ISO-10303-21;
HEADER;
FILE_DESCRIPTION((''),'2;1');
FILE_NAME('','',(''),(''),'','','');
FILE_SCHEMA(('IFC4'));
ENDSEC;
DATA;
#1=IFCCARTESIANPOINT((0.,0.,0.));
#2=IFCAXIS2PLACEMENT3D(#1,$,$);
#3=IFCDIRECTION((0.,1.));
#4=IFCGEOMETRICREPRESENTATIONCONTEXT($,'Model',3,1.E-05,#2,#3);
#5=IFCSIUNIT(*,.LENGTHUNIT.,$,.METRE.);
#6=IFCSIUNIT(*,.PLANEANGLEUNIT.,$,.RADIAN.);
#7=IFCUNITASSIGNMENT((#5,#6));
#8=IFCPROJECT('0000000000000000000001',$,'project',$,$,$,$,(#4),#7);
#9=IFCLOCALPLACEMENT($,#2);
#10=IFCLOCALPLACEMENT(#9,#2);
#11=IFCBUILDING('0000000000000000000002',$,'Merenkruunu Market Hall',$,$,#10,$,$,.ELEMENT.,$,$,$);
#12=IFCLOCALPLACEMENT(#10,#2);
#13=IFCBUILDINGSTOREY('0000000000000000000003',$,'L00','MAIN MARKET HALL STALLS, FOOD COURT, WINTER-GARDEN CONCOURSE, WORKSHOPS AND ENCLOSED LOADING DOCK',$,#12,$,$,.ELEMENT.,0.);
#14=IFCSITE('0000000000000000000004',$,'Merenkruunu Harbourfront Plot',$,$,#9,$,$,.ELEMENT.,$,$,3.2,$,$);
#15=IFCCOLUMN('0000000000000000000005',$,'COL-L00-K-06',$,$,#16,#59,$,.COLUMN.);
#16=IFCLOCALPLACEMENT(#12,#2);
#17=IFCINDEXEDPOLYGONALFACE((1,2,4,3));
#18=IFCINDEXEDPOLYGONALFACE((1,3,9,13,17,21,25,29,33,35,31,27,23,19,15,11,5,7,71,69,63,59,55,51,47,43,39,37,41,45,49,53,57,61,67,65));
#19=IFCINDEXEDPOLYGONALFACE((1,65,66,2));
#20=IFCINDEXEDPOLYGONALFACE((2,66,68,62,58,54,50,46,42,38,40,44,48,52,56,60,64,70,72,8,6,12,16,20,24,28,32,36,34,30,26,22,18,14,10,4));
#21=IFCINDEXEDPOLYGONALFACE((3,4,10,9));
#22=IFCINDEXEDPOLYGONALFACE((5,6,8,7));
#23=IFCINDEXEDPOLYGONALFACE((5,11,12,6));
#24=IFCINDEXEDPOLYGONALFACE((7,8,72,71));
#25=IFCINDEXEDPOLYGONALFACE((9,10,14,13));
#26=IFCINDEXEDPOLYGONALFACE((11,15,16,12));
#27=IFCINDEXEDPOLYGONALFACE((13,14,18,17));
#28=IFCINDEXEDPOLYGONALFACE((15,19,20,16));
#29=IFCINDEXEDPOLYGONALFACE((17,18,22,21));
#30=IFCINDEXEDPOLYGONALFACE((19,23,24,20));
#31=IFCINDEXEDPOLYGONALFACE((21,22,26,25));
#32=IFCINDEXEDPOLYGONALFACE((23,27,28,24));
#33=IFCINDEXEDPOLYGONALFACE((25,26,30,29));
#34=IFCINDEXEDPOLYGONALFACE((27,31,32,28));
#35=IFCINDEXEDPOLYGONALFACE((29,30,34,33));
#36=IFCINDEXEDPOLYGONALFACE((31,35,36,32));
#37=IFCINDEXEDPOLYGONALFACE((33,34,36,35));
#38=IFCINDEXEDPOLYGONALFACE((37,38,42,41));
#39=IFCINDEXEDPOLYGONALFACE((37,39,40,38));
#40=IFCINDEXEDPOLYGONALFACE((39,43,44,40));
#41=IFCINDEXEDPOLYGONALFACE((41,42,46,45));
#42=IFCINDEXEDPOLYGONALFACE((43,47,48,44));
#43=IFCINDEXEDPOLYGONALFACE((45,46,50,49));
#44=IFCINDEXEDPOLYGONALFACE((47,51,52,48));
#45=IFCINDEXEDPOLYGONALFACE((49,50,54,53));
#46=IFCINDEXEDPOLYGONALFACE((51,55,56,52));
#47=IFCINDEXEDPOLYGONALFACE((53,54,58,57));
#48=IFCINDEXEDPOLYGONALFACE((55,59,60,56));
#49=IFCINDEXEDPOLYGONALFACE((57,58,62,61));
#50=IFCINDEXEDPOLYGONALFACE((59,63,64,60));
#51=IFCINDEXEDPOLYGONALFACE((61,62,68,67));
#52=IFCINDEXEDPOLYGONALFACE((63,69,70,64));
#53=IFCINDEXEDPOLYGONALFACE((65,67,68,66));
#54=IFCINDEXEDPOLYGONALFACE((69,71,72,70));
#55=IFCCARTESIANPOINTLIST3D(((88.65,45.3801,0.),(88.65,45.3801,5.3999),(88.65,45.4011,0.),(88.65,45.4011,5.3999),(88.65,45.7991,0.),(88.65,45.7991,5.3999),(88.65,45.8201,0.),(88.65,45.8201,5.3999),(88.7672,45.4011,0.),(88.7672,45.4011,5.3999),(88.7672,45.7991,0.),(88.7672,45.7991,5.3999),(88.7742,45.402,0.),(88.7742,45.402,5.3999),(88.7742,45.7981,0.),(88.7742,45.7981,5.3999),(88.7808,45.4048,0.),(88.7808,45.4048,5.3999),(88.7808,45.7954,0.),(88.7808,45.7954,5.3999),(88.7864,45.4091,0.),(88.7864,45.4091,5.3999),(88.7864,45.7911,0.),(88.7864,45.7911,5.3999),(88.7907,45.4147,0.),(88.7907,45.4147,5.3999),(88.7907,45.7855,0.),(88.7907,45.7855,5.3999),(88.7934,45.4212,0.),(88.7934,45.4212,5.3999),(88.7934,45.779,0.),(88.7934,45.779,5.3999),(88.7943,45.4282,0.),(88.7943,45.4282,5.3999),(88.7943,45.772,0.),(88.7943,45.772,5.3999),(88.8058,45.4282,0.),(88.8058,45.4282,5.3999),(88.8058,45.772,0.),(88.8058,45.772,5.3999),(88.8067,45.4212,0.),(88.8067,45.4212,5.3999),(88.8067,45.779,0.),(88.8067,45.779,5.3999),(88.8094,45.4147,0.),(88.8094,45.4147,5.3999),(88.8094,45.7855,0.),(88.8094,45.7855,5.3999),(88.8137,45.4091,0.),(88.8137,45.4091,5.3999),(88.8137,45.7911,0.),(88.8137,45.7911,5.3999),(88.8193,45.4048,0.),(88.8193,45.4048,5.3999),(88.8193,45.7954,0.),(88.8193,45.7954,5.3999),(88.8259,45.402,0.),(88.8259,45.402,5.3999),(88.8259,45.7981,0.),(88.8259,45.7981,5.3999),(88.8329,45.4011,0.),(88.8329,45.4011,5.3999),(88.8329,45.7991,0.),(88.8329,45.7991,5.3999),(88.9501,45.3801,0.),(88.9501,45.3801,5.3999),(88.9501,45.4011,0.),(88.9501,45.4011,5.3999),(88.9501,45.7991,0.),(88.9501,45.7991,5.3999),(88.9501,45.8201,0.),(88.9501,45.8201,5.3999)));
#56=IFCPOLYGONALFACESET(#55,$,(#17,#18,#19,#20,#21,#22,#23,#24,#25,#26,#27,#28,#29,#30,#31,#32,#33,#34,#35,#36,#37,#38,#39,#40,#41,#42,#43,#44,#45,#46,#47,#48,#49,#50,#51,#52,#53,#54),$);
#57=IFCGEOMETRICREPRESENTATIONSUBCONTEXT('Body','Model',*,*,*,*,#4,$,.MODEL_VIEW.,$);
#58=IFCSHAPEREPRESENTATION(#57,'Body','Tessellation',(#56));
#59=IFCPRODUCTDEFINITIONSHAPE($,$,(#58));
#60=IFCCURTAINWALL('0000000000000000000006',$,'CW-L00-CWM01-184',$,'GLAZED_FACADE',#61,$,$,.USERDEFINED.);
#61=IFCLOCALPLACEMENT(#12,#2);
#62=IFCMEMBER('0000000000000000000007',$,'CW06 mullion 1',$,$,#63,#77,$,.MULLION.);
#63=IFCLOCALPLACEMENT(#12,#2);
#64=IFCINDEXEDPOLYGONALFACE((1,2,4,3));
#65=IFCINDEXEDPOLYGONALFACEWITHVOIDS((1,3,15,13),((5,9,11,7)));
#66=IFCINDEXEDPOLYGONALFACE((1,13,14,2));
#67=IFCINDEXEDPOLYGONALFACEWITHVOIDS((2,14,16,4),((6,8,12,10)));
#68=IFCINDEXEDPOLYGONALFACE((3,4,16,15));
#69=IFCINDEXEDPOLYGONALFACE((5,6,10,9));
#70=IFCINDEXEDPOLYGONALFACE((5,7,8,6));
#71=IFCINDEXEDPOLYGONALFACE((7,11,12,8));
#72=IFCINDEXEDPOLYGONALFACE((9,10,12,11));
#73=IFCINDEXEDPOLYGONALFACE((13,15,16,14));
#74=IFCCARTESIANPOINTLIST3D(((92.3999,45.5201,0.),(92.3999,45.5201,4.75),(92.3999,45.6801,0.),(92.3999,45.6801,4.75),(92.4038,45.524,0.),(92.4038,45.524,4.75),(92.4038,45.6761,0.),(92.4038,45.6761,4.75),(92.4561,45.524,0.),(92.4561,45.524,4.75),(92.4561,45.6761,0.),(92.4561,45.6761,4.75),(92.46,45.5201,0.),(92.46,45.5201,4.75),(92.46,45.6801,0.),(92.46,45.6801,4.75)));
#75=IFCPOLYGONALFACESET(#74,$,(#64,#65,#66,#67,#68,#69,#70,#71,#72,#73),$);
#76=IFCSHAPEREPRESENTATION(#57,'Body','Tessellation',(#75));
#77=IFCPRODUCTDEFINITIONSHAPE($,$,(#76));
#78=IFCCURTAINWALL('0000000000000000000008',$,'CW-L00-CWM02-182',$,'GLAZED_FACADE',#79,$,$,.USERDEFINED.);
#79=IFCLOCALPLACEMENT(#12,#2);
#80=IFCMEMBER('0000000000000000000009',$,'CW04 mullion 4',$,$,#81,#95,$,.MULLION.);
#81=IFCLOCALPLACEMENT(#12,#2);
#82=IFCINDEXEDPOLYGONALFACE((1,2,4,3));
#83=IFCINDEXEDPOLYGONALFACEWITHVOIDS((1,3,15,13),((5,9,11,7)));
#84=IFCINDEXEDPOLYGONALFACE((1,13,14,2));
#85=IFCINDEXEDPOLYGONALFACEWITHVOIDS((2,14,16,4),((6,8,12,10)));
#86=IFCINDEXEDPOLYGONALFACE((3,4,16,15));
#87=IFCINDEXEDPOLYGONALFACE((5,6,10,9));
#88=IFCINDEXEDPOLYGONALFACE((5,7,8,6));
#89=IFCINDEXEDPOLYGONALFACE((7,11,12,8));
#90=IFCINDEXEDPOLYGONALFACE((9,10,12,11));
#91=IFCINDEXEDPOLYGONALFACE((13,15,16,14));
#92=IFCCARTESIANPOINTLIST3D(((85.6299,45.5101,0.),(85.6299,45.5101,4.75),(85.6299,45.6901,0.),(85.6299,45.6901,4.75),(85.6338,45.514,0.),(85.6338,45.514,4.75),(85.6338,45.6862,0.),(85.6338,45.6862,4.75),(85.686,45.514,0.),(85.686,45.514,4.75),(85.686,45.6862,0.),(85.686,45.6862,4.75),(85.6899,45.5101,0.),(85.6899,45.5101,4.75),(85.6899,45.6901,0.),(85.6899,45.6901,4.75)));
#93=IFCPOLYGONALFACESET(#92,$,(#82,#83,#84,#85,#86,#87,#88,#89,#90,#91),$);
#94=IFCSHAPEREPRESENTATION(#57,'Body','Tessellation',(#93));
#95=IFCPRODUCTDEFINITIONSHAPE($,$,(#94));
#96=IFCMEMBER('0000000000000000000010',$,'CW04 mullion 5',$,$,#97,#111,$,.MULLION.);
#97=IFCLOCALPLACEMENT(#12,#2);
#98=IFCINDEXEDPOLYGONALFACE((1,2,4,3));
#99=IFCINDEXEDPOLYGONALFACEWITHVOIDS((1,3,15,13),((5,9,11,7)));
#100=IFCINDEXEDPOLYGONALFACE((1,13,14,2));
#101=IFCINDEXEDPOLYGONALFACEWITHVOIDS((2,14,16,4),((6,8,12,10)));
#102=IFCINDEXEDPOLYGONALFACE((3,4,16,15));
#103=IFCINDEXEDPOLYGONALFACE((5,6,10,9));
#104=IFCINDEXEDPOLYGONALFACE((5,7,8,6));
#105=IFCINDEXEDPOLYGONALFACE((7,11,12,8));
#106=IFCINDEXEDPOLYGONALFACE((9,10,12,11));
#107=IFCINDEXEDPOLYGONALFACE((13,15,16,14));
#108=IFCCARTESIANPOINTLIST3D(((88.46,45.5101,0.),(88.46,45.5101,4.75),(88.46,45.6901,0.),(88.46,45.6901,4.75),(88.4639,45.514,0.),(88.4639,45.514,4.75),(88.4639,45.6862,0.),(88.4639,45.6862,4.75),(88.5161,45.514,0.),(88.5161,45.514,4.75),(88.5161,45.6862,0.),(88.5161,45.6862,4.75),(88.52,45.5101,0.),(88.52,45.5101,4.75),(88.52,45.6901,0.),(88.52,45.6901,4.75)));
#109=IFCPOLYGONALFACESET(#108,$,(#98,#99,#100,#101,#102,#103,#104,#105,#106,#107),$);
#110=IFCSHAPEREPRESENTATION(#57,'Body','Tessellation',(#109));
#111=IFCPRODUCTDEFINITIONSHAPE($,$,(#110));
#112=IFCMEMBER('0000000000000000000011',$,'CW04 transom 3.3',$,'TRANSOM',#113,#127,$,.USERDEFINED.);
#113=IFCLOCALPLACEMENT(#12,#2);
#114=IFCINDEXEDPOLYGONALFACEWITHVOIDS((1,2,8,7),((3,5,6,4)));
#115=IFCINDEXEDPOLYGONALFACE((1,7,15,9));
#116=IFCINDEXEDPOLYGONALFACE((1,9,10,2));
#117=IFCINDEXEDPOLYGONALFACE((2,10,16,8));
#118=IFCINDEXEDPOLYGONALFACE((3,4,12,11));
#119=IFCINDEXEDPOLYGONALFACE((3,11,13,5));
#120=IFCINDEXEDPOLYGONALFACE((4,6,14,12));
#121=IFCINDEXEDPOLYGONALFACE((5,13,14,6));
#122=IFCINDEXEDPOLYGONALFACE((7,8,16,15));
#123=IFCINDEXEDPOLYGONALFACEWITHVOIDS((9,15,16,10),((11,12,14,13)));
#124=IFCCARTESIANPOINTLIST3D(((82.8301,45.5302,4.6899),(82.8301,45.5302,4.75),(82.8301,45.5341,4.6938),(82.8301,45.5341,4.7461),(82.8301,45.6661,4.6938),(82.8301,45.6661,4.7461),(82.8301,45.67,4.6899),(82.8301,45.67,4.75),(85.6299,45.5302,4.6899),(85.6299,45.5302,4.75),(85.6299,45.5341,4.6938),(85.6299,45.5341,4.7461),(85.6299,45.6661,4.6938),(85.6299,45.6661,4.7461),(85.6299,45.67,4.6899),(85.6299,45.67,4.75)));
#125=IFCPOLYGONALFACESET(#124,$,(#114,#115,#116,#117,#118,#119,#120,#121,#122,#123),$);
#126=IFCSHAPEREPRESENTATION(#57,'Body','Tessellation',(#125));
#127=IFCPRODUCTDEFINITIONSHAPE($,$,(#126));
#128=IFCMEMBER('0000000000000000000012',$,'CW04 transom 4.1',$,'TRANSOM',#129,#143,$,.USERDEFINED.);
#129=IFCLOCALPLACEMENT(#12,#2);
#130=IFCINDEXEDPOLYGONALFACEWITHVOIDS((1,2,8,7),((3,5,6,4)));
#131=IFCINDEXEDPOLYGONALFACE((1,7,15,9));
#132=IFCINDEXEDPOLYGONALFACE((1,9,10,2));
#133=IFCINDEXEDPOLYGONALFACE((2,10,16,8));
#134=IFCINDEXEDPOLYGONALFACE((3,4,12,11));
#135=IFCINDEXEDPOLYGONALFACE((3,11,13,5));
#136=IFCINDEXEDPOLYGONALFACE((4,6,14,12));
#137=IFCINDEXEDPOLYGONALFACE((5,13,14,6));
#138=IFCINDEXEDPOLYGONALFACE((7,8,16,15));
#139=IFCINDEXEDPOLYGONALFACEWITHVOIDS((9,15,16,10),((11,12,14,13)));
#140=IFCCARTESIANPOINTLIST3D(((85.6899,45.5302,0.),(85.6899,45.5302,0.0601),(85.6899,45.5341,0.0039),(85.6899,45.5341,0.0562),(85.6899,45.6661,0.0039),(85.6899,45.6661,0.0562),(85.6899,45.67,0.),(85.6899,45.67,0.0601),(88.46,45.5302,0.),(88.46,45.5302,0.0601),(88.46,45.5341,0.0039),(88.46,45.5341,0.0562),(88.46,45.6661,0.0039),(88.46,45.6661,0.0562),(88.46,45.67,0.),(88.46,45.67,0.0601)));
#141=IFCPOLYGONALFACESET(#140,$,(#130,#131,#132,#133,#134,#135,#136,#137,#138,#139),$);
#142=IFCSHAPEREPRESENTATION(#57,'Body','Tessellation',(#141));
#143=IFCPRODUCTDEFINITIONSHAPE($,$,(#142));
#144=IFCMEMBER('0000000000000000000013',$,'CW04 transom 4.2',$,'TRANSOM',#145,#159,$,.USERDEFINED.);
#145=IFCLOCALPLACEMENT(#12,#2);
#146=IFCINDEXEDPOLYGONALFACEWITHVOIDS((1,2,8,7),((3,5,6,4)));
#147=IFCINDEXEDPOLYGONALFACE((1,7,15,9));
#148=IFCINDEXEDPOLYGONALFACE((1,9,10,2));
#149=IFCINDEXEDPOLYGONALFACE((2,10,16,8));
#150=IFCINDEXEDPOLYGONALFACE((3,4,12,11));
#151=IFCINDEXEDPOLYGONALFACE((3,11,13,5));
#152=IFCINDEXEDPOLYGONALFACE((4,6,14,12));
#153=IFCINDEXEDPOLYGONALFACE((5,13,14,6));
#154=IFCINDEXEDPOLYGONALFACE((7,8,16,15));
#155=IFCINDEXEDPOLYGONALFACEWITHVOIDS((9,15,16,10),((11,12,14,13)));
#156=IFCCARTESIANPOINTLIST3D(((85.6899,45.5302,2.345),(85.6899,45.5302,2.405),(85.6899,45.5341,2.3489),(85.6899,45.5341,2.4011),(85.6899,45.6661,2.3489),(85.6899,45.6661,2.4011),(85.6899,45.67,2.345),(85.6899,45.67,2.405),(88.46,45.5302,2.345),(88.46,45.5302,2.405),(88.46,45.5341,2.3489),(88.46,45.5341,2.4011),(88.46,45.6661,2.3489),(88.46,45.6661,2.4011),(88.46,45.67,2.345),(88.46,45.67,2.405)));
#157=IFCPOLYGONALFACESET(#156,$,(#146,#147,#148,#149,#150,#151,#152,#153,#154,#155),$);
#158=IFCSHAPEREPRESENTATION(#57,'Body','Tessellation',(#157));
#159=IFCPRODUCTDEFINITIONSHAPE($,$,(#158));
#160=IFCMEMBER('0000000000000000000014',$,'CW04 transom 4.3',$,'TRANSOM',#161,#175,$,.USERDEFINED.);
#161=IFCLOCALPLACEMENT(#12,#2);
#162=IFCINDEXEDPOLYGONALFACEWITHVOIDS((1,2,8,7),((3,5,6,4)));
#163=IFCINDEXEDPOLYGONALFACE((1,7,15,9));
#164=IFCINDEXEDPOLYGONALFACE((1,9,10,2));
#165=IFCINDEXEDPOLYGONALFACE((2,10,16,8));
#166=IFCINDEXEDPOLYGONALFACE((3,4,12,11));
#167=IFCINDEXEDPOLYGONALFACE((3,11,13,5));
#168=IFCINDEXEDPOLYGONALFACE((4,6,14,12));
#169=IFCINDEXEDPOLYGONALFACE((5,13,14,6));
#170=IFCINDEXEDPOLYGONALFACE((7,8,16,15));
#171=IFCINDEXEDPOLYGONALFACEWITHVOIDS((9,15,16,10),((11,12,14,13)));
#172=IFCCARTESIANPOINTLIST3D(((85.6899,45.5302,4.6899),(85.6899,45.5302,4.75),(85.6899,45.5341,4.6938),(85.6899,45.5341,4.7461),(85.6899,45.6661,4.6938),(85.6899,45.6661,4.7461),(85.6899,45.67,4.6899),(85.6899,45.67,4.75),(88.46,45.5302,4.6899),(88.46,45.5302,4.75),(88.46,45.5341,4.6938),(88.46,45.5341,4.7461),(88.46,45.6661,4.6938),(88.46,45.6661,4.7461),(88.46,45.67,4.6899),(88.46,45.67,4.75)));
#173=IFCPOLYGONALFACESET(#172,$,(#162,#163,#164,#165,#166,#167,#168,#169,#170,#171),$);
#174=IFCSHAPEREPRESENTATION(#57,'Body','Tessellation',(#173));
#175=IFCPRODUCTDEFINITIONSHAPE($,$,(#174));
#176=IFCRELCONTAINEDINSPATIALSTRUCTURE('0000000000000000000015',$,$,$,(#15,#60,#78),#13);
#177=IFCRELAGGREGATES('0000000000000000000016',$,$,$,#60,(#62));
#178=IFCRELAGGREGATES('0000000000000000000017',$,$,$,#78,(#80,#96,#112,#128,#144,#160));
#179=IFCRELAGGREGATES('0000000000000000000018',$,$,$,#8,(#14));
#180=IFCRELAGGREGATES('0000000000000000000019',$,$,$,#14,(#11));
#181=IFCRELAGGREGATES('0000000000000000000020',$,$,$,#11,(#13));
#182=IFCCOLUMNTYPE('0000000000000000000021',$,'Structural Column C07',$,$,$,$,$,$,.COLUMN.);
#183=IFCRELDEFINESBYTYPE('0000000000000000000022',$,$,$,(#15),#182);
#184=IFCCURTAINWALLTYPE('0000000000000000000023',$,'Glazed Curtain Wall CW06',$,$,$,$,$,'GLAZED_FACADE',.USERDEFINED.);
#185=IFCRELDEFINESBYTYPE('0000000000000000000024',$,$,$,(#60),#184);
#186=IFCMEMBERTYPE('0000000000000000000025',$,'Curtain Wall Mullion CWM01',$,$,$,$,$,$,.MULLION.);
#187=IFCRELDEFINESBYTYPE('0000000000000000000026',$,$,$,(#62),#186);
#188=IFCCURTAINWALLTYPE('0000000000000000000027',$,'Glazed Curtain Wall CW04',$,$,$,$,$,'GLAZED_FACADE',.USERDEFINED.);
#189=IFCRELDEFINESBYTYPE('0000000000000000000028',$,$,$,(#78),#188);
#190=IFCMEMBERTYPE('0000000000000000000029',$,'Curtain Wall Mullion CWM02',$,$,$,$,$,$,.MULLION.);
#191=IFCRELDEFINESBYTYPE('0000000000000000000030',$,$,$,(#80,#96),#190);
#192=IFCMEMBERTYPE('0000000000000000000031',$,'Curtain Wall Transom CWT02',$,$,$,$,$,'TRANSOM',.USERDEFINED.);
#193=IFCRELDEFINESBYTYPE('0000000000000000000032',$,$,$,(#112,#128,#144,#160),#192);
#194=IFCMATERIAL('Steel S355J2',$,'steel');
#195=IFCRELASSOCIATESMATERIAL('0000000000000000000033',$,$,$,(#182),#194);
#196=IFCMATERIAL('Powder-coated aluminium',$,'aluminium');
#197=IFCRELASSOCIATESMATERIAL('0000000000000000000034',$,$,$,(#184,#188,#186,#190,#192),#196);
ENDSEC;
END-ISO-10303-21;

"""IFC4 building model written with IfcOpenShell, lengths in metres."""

from ifc_helpers import new_model, si_unit, direction, frame, origin, origin_2d, place, context, subcontext, project, spatial, hollow_rectangle, i_section, extrude, material, material_profile, profile_set, type_object, element, aggregate, save


model = new_model("IFC4")

# Units and contexts
model_context = context("Model", 3, precision=1e-05, world=origin(), true_north=direction((0.0, 1.0)))
body_context = subcontext(model_context, "Body", "Model", "MODEL_VIEW")
ifc_project = project(units=[si_unit("LENGTHUNIT", "METRE"), si_unit("PLANEANGLEUNIT", "RADIAN")], contexts=[model_context])

# Site, building, storey
site_placement = place(None, origin())
site = spatial("IfcSite", under=ifc_project, at=site_placement, Name="Merenkruunu Harbourfront Plot", CompositionType="ELEMENT", RefElevation=3.2)
building_placement = place(site_placement, origin())
building = spatial("IfcBuilding", under=site, at=building_placement, Name="Merenkruunu Market Hall", CompositionType="ELEMENT")
storey_placement = place(building_placement, origin())
storey = spatial("IfcBuildingStorey", under=building, at=storey_placement, Name="L00", Description="MAIN MARKET HALL STALLS, FOOD COURT, WINTER-GARDEN CONCOURSE, WORKSHOPS AND ENCLOSED LOADING DOCK", CompositionType="ELEMENT", Elevation=0.0)

# Column
ifc_material_1 = material(Name="Steel S355J2", Category="steel")
ifc_material_profile_1 = material_profile(ifc_material_1, i_section(OverallWidth=0.3, OverallDepth=0.4399, WebThickness=0.0115, FlangeThickness=0.021, FilletRadius=0.0271, at=origin_2d()), Name="HEA 450")
ifc_profile_set_1 = profile_set([ifc_material_profile_1], Name="Steel S355J2")
column_type = type_object("IfcColumnType", Name="Structural Column C07", PredefinedType="COLUMN", material=ifc_profile_set_1)
column_placement = place(storey_placement, frame((88.8, 45.6001, 0.0), z_axis=(0.0, 0.0, 1.0), x_axis=(1.0, 0.0, 0.0)))
element("IfcColumn", 1, at=column_placement, inside=storey, type_object=column_type, Name="COL-L00-K-06", PredefinedType="COLUMN", context=body_context, shape_type="SweptSolid", body=[
    extrude(i_section(OverallWidth=0.3, OverallDepth=0.4399, WebThickness=0.0115, FlangeThickness=0.021, FilletRadius=0.0271, at=origin_2d()), origin(), (0.0, 0.0, 1.0), 5.3999),
])

# Curtain wall, member
ifc_material_2 = material(Name="Powder-coated aluminium", Category="aluminium")
curtain_wall_type_1 = type_object("IfcCurtainWallType", Name="Glazed Curtain Wall CW06", ElementType="GLAZED_FACADE", PredefinedType="USERDEFINED", material=ifc_material_2)
curtain_wall_1_placement = place(storey_placement, origin())
curtain_wall_1 = element("IfcCurtainWall", 2, at=curtain_wall_1_placement, inside=storey, type_object=curtain_wall_type_1, Name="CW-L00-CWM01-184", ObjectType="GLAZED_FACADE", PredefinedType="USERDEFINED")
ifc_material_profile_2 = material_profile(ifc_material_2, hollow_rectangle(XDim=0.0601, YDim=0.1599, WallThickness=0.0039, at=origin_2d()), Name="ALU 60x160x4")
ifc_profile_set_2 = profile_set([ifc_material_profile_2], Name="Powder-coated aluminium")
member_type_1 = type_object("IfcMemberType", Name="Curtain Wall Mullion CWM01", PredefinedType="MULLION", material=ifc_profile_set_2)
member_1_placement = place(storey_placement, frame((92.4299, 45.6001, 0.0), z_axis=(0.0, 0.0, 1.0), x_axis=(1.0, 0.0, 0.0)))
member_1 = element("IfcMember", 3, at=member_1_placement, type_object=member_type_1, Name="CW06 mullion 1", PredefinedType="MULLION", context=body_context, shape_type="SweptSolid", body=[
    extrude(hollow_rectangle(XDim=0.0601, YDim=0.1599, WallThickness=0.0039, at=origin_2d()), origin(), (0.0, 0.0, 1.0), 4.75),
])
aggregate(curtain_wall_1, [member_1])

# Curtain wall, members
curtain_wall_type_2 = type_object("IfcCurtainWallType", Name="Glazed Curtain Wall CW04", ElementType="GLAZED_FACADE", PredefinedType="USERDEFINED", material=ifc_material_2)
curtain_wall_2_placement = place(storey_placement, origin())
curtain_wall_2 = element("IfcCurtainWall", 4, at=curtain_wall_2_placement, inside=storey, type_object=curtain_wall_type_2, Name="CW-L00-CWM02-182", ObjectType="GLAZED_FACADE", PredefinedType="USERDEFINED")
ifc_material_profile_3 = material_profile(ifc_material_2, hollow_rectangle(XDim=0.0601, YDim=0.1799, WallThickness=0.0039, at=origin_2d()), Name="ALU 60x180x4")
ifc_profile_set_3 = profile_set([ifc_material_profile_3], Name="Powder-coated aluminium")
member_type_2 = type_object("IfcMemberType", Name="Curtain Wall Mullion CWM02", PredefinedType="MULLION", material=ifc_profile_set_3)
member_2_placement = place(storey_placement, frame((85.6599, 45.6001, 0.0), z_axis=(0.0, 0.0, 1.0), x_axis=(1.0, 0.0, 0.0)))
member_2 = element("IfcMember", 5, at=member_2_placement, type_object=member_type_2, Name="CW04 mullion 4", PredefinedType="MULLION", context=body_context, shape_type="SweptSolid", body=[
    extrude(hollow_rectangle(XDim=0.0601, YDim=0.1799, WallThickness=0.0039, at=origin_2d()), origin(), (0.0, 0.0, 1.0), 4.75),
])
member_3_placement = place(storey_placement, frame((88.49, 45.6001, 0.0), z_axis=(0.0, 0.0, 1.0), x_axis=(1.0, 0.0, 0.0)))
member_3 = element("IfcMember", 6, at=member_3_placement, type_object=member_type_2, Name="CW04 mullion 5", PredefinedType="MULLION", context=body_context, shape_type="SweptSolid", body=[
    extrude(hollow_rectangle(XDim=0.0601, YDim=0.1799, WallThickness=0.0039, at=origin_2d()), origin(), (0.0, 0.0, 1.0), 4.75),
])
ifc_material_profile_4 = material_profile(ifc_material_2, hollow_rectangle(XDim=0.0601, YDim=0.1399, WallThickness=0.0039, at=origin_2d()), Name="ALU 60x140x4")
ifc_profile_set_4 = profile_set([ifc_material_profile_4], Name="Powder-coated aluminium")
member_type_3 = type_object("IfcMemberType", Name="Curtain Wall Transom CWT02", ElementType="TRANSOM", PredefinedType="USERDEFINED", material=ifc_profile_set_4)
member_4_placement = place(storey_placement, frame((82.8301, 45.6001, 4.72), z_axis=(1.0, 0.0, 0.0), x_axis=(0.0, 0.0, 1.0)))
member_4 = element("IfcMember", 7, at=member_4_placement, type_object=member_type_3, Name="CW04 transom 3.3", ObjectType="TRANSOM", PredefinedType="USERDEFINED", context=body_context, shape_type="SweptSolid", body=[
    extrude(hollow_rectangle(XDim=0.0601, YDim=0.1399, WallThickness=0.0039, at=origin_2d()), origin(), (0.0, 0.0, 1.0), 2.7998),
])
member_5_placement = place(storey_placement, frame((85.6899, 45.6001, 0.03), z_axis=(1.0, 0.0, 0.0), x_axis=(0.0, 0.0, 1.0)))
member_5 = element("IfcMember", 8, at=member_5_placement, type_object=member_type_3, Name="CW04 transom 4.1", ObjectType="TRANSOM", PredefinedType="USERDEFINED", context=body_context, shape_type="SweptSolid", body=[
    extrude(hollow_rectangle(XDim=0.0601, YDim=0.1399, WallThickness=0.0039, at=origin_2d()), origin(), (0.0, 0.0, 1.0), 2.77),
])
member_6_placement = place(storey_placement, frame((85.6899, 45.6001, 2.375), z_axis=(1.0, 0.0, 0.0), x_axis=(0.0, 0.0, 1.0)))
member_6 = element("IfcMember", 9, at=member_6_placement, type_object=member_type_3, Name="CW04 transom 4.2", ObjectType="TRANSOM", PredefinedType="USERDEFINED", context=body_context, shape_type="SweptSolid", body=[
    extrude(hollow_rectangle(XDim=0.0601, YDim=0.1399, WallThickness=0.0039, at=origin_2d()), origin(), (0.0, 0.0, 1.0), 2.77),
])
member_7_placement = place(storey_placement, frame((85.6899, 45.6001, 4.72), z_axis=(1.0, 0.0, 0.0), x_axis=(0.0, 0.0, 1.0)))
member_7 = element("IfcMember", 10, at=member_7_placement, type_object=member_type_3, Name="CW04 transom 4.3", ObjectType="TRANSOM", PredefinedType="USERDEFINED", context=body_context, shape_type="SweptSolid", body=[
    extrude(hollow_rectangle(XDim=0.0601, YDim=0.1399, WallThickness=0.0039, at=origin_2d()), origin(), (0.0, 0.0, 1.0), 2.77),
])

aggregate(curtain_wall_2, [member_2, member_3, member_4, member_5, member_6, member_7])

save(model, "model.ifc")
